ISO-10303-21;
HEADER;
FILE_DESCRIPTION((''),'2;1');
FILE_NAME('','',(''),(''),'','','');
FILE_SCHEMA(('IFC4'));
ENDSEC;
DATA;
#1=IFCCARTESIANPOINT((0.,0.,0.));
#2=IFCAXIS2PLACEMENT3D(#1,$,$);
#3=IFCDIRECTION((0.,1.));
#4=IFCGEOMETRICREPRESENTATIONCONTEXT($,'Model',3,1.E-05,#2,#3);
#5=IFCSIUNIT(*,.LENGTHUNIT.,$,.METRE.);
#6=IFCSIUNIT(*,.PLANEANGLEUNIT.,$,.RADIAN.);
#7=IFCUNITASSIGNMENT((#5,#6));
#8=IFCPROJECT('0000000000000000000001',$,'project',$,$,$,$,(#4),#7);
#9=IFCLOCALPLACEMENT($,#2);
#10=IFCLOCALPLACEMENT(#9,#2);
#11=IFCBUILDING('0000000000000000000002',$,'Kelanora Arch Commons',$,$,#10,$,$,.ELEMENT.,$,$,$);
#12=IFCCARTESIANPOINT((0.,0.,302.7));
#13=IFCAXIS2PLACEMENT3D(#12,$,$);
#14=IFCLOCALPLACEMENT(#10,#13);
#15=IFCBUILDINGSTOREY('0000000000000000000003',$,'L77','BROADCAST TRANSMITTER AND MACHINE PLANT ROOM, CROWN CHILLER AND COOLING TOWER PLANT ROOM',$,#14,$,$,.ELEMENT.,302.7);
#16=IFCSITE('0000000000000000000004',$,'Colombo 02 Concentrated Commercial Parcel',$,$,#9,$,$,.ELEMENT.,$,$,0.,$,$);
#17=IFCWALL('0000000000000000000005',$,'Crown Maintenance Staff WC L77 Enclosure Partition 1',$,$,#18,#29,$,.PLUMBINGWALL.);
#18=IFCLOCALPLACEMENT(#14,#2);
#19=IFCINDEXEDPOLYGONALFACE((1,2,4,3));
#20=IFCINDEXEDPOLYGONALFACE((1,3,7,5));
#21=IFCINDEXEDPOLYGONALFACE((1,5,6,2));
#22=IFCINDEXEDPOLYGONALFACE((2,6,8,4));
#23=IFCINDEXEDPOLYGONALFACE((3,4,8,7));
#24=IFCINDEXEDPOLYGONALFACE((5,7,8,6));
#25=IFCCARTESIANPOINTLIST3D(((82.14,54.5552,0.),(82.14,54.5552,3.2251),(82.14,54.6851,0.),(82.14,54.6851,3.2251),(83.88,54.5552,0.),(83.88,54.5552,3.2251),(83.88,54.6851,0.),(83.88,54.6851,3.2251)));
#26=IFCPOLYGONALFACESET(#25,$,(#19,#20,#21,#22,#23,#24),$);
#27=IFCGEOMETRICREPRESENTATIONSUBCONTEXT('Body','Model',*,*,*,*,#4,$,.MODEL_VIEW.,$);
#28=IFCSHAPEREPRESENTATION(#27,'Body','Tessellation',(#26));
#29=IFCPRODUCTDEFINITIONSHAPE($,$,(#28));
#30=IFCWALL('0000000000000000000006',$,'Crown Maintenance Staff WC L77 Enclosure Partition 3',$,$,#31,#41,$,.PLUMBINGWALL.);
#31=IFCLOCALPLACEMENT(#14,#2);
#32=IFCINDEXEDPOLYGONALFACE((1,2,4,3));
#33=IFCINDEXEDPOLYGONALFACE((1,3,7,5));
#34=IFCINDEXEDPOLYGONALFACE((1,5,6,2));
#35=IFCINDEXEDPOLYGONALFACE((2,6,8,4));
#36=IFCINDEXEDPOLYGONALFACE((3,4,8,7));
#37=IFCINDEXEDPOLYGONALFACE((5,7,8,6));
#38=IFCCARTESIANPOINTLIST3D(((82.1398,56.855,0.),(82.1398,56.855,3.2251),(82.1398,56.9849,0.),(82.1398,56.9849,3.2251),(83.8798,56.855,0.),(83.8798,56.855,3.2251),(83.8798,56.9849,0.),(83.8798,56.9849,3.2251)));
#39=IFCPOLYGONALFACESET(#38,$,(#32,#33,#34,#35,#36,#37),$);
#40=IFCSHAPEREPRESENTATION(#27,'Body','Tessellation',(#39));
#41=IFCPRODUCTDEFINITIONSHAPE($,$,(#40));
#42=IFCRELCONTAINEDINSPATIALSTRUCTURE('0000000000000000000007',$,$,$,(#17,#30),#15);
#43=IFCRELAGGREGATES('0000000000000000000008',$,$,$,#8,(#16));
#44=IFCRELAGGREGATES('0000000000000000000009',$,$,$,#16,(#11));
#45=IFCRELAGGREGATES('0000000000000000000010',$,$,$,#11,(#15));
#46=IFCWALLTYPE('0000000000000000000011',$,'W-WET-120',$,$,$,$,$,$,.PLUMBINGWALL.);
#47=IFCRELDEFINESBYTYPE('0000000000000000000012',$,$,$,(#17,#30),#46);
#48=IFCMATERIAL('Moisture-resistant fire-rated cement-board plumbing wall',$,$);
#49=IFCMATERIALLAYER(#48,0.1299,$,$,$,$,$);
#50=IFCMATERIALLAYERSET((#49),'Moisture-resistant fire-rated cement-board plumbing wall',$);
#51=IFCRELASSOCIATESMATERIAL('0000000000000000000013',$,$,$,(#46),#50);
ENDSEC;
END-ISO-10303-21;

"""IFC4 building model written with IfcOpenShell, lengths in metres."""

from ifc_helpers import new_model, si_unit, direction, frame, frame_2d, origin, place, context, subcontext, project, spatial, rectangle, extrude, material, layer, layer_set, type_object, element, save


model = new_model("IFC4")

# Units and contexts
model_context = context("Model", 3, precision=1e-05, world=origin(), true_north=direction((0.0, 1.0)))
body_context = subcontext(model_context, "Body", "Model", "MODEL_VIEW")
ifc_project = project(units=[si_unit("LENGTHUNIT", "METRE"), si_unit("PLANEANGLEUNIT", "RADIAN")], contexts=[model_context])

# Site, building, storey
site_placement = place(None, origin())
site = spatial("IfcSite", under=ifc_project, at=site_placement, Name="Colombo 02 Concentrated Commercial Parcel", CompositionType="ELEMENT", RefElevation=0.0)
building_placement = place(site_placement, origin())
building = spatial("IfcBuilding", under=site, at=building_placement, Name="Kelanora Arch Commons", CompositionType="ELEMENT")
storey_placement = place(building_placement, frame((0.0, 0.0, 302.7)))
storey = spatial("IfcBuildingStorey", under=building, at=storey_placement, Name="L77", Description="BROADCAST TRANSMITTER AND MACHINE PLANT ROOM, CROWN CHILLER AND COOLING TOWER PLANT ROOM", CompositionType="ELEMENT", Elevation=302.7)

# Shared definitions
ifc_material_1 = material(Name="Moisture-resistant fire-rated cement-board plumbing wall")
ifc_layer_1 = layer(ifc_material_1, 0.1299)
ifc_layer_set_1 = layer_set([ifc_layer_1], Name="Moisture-resistant fire-rated cement-board plumbing wall")
wall_type = type_object("IfcWallType", Name="W-WET-120", PredefinedType="PLUMBINGWALL", material=ifc_layer_set_1)

# Walls
for number, where, z_axis, x_axis, name in (
    (1, (82.1399, 54.6201, 0.0), (0.0, 0.0, 1.0), (1.0, 0.0, 0.0), "Crown Maintenance Staff WC L77 Enclosure Partition 1"),
    (2, (83.8799, 56.9199, 0.0), (0.0, 0.0, 1.0), (-1.0, 0.0, 0.0), "Crown Maintenance Staff WC L77 Enclosure Partition 3"),
):
    element("IfcWall", number, at=place(storey_placement, frame(where, z_axis=z_axis, x_axis=x_axis)), inside=storey, type_object=wall_type, Name=name, PredefinedType="PLUMBINGWALL", context=body_context, shape_type="SweptSolid", body=[
        extrude(rectangle(XDim=1.74, YDim=0.1299, at=frame_2d((0.8701, 0.0))), origin(), (0.0, 0.0, 1.0), 3.2251),
    ])

save(model, "model.ifc")
